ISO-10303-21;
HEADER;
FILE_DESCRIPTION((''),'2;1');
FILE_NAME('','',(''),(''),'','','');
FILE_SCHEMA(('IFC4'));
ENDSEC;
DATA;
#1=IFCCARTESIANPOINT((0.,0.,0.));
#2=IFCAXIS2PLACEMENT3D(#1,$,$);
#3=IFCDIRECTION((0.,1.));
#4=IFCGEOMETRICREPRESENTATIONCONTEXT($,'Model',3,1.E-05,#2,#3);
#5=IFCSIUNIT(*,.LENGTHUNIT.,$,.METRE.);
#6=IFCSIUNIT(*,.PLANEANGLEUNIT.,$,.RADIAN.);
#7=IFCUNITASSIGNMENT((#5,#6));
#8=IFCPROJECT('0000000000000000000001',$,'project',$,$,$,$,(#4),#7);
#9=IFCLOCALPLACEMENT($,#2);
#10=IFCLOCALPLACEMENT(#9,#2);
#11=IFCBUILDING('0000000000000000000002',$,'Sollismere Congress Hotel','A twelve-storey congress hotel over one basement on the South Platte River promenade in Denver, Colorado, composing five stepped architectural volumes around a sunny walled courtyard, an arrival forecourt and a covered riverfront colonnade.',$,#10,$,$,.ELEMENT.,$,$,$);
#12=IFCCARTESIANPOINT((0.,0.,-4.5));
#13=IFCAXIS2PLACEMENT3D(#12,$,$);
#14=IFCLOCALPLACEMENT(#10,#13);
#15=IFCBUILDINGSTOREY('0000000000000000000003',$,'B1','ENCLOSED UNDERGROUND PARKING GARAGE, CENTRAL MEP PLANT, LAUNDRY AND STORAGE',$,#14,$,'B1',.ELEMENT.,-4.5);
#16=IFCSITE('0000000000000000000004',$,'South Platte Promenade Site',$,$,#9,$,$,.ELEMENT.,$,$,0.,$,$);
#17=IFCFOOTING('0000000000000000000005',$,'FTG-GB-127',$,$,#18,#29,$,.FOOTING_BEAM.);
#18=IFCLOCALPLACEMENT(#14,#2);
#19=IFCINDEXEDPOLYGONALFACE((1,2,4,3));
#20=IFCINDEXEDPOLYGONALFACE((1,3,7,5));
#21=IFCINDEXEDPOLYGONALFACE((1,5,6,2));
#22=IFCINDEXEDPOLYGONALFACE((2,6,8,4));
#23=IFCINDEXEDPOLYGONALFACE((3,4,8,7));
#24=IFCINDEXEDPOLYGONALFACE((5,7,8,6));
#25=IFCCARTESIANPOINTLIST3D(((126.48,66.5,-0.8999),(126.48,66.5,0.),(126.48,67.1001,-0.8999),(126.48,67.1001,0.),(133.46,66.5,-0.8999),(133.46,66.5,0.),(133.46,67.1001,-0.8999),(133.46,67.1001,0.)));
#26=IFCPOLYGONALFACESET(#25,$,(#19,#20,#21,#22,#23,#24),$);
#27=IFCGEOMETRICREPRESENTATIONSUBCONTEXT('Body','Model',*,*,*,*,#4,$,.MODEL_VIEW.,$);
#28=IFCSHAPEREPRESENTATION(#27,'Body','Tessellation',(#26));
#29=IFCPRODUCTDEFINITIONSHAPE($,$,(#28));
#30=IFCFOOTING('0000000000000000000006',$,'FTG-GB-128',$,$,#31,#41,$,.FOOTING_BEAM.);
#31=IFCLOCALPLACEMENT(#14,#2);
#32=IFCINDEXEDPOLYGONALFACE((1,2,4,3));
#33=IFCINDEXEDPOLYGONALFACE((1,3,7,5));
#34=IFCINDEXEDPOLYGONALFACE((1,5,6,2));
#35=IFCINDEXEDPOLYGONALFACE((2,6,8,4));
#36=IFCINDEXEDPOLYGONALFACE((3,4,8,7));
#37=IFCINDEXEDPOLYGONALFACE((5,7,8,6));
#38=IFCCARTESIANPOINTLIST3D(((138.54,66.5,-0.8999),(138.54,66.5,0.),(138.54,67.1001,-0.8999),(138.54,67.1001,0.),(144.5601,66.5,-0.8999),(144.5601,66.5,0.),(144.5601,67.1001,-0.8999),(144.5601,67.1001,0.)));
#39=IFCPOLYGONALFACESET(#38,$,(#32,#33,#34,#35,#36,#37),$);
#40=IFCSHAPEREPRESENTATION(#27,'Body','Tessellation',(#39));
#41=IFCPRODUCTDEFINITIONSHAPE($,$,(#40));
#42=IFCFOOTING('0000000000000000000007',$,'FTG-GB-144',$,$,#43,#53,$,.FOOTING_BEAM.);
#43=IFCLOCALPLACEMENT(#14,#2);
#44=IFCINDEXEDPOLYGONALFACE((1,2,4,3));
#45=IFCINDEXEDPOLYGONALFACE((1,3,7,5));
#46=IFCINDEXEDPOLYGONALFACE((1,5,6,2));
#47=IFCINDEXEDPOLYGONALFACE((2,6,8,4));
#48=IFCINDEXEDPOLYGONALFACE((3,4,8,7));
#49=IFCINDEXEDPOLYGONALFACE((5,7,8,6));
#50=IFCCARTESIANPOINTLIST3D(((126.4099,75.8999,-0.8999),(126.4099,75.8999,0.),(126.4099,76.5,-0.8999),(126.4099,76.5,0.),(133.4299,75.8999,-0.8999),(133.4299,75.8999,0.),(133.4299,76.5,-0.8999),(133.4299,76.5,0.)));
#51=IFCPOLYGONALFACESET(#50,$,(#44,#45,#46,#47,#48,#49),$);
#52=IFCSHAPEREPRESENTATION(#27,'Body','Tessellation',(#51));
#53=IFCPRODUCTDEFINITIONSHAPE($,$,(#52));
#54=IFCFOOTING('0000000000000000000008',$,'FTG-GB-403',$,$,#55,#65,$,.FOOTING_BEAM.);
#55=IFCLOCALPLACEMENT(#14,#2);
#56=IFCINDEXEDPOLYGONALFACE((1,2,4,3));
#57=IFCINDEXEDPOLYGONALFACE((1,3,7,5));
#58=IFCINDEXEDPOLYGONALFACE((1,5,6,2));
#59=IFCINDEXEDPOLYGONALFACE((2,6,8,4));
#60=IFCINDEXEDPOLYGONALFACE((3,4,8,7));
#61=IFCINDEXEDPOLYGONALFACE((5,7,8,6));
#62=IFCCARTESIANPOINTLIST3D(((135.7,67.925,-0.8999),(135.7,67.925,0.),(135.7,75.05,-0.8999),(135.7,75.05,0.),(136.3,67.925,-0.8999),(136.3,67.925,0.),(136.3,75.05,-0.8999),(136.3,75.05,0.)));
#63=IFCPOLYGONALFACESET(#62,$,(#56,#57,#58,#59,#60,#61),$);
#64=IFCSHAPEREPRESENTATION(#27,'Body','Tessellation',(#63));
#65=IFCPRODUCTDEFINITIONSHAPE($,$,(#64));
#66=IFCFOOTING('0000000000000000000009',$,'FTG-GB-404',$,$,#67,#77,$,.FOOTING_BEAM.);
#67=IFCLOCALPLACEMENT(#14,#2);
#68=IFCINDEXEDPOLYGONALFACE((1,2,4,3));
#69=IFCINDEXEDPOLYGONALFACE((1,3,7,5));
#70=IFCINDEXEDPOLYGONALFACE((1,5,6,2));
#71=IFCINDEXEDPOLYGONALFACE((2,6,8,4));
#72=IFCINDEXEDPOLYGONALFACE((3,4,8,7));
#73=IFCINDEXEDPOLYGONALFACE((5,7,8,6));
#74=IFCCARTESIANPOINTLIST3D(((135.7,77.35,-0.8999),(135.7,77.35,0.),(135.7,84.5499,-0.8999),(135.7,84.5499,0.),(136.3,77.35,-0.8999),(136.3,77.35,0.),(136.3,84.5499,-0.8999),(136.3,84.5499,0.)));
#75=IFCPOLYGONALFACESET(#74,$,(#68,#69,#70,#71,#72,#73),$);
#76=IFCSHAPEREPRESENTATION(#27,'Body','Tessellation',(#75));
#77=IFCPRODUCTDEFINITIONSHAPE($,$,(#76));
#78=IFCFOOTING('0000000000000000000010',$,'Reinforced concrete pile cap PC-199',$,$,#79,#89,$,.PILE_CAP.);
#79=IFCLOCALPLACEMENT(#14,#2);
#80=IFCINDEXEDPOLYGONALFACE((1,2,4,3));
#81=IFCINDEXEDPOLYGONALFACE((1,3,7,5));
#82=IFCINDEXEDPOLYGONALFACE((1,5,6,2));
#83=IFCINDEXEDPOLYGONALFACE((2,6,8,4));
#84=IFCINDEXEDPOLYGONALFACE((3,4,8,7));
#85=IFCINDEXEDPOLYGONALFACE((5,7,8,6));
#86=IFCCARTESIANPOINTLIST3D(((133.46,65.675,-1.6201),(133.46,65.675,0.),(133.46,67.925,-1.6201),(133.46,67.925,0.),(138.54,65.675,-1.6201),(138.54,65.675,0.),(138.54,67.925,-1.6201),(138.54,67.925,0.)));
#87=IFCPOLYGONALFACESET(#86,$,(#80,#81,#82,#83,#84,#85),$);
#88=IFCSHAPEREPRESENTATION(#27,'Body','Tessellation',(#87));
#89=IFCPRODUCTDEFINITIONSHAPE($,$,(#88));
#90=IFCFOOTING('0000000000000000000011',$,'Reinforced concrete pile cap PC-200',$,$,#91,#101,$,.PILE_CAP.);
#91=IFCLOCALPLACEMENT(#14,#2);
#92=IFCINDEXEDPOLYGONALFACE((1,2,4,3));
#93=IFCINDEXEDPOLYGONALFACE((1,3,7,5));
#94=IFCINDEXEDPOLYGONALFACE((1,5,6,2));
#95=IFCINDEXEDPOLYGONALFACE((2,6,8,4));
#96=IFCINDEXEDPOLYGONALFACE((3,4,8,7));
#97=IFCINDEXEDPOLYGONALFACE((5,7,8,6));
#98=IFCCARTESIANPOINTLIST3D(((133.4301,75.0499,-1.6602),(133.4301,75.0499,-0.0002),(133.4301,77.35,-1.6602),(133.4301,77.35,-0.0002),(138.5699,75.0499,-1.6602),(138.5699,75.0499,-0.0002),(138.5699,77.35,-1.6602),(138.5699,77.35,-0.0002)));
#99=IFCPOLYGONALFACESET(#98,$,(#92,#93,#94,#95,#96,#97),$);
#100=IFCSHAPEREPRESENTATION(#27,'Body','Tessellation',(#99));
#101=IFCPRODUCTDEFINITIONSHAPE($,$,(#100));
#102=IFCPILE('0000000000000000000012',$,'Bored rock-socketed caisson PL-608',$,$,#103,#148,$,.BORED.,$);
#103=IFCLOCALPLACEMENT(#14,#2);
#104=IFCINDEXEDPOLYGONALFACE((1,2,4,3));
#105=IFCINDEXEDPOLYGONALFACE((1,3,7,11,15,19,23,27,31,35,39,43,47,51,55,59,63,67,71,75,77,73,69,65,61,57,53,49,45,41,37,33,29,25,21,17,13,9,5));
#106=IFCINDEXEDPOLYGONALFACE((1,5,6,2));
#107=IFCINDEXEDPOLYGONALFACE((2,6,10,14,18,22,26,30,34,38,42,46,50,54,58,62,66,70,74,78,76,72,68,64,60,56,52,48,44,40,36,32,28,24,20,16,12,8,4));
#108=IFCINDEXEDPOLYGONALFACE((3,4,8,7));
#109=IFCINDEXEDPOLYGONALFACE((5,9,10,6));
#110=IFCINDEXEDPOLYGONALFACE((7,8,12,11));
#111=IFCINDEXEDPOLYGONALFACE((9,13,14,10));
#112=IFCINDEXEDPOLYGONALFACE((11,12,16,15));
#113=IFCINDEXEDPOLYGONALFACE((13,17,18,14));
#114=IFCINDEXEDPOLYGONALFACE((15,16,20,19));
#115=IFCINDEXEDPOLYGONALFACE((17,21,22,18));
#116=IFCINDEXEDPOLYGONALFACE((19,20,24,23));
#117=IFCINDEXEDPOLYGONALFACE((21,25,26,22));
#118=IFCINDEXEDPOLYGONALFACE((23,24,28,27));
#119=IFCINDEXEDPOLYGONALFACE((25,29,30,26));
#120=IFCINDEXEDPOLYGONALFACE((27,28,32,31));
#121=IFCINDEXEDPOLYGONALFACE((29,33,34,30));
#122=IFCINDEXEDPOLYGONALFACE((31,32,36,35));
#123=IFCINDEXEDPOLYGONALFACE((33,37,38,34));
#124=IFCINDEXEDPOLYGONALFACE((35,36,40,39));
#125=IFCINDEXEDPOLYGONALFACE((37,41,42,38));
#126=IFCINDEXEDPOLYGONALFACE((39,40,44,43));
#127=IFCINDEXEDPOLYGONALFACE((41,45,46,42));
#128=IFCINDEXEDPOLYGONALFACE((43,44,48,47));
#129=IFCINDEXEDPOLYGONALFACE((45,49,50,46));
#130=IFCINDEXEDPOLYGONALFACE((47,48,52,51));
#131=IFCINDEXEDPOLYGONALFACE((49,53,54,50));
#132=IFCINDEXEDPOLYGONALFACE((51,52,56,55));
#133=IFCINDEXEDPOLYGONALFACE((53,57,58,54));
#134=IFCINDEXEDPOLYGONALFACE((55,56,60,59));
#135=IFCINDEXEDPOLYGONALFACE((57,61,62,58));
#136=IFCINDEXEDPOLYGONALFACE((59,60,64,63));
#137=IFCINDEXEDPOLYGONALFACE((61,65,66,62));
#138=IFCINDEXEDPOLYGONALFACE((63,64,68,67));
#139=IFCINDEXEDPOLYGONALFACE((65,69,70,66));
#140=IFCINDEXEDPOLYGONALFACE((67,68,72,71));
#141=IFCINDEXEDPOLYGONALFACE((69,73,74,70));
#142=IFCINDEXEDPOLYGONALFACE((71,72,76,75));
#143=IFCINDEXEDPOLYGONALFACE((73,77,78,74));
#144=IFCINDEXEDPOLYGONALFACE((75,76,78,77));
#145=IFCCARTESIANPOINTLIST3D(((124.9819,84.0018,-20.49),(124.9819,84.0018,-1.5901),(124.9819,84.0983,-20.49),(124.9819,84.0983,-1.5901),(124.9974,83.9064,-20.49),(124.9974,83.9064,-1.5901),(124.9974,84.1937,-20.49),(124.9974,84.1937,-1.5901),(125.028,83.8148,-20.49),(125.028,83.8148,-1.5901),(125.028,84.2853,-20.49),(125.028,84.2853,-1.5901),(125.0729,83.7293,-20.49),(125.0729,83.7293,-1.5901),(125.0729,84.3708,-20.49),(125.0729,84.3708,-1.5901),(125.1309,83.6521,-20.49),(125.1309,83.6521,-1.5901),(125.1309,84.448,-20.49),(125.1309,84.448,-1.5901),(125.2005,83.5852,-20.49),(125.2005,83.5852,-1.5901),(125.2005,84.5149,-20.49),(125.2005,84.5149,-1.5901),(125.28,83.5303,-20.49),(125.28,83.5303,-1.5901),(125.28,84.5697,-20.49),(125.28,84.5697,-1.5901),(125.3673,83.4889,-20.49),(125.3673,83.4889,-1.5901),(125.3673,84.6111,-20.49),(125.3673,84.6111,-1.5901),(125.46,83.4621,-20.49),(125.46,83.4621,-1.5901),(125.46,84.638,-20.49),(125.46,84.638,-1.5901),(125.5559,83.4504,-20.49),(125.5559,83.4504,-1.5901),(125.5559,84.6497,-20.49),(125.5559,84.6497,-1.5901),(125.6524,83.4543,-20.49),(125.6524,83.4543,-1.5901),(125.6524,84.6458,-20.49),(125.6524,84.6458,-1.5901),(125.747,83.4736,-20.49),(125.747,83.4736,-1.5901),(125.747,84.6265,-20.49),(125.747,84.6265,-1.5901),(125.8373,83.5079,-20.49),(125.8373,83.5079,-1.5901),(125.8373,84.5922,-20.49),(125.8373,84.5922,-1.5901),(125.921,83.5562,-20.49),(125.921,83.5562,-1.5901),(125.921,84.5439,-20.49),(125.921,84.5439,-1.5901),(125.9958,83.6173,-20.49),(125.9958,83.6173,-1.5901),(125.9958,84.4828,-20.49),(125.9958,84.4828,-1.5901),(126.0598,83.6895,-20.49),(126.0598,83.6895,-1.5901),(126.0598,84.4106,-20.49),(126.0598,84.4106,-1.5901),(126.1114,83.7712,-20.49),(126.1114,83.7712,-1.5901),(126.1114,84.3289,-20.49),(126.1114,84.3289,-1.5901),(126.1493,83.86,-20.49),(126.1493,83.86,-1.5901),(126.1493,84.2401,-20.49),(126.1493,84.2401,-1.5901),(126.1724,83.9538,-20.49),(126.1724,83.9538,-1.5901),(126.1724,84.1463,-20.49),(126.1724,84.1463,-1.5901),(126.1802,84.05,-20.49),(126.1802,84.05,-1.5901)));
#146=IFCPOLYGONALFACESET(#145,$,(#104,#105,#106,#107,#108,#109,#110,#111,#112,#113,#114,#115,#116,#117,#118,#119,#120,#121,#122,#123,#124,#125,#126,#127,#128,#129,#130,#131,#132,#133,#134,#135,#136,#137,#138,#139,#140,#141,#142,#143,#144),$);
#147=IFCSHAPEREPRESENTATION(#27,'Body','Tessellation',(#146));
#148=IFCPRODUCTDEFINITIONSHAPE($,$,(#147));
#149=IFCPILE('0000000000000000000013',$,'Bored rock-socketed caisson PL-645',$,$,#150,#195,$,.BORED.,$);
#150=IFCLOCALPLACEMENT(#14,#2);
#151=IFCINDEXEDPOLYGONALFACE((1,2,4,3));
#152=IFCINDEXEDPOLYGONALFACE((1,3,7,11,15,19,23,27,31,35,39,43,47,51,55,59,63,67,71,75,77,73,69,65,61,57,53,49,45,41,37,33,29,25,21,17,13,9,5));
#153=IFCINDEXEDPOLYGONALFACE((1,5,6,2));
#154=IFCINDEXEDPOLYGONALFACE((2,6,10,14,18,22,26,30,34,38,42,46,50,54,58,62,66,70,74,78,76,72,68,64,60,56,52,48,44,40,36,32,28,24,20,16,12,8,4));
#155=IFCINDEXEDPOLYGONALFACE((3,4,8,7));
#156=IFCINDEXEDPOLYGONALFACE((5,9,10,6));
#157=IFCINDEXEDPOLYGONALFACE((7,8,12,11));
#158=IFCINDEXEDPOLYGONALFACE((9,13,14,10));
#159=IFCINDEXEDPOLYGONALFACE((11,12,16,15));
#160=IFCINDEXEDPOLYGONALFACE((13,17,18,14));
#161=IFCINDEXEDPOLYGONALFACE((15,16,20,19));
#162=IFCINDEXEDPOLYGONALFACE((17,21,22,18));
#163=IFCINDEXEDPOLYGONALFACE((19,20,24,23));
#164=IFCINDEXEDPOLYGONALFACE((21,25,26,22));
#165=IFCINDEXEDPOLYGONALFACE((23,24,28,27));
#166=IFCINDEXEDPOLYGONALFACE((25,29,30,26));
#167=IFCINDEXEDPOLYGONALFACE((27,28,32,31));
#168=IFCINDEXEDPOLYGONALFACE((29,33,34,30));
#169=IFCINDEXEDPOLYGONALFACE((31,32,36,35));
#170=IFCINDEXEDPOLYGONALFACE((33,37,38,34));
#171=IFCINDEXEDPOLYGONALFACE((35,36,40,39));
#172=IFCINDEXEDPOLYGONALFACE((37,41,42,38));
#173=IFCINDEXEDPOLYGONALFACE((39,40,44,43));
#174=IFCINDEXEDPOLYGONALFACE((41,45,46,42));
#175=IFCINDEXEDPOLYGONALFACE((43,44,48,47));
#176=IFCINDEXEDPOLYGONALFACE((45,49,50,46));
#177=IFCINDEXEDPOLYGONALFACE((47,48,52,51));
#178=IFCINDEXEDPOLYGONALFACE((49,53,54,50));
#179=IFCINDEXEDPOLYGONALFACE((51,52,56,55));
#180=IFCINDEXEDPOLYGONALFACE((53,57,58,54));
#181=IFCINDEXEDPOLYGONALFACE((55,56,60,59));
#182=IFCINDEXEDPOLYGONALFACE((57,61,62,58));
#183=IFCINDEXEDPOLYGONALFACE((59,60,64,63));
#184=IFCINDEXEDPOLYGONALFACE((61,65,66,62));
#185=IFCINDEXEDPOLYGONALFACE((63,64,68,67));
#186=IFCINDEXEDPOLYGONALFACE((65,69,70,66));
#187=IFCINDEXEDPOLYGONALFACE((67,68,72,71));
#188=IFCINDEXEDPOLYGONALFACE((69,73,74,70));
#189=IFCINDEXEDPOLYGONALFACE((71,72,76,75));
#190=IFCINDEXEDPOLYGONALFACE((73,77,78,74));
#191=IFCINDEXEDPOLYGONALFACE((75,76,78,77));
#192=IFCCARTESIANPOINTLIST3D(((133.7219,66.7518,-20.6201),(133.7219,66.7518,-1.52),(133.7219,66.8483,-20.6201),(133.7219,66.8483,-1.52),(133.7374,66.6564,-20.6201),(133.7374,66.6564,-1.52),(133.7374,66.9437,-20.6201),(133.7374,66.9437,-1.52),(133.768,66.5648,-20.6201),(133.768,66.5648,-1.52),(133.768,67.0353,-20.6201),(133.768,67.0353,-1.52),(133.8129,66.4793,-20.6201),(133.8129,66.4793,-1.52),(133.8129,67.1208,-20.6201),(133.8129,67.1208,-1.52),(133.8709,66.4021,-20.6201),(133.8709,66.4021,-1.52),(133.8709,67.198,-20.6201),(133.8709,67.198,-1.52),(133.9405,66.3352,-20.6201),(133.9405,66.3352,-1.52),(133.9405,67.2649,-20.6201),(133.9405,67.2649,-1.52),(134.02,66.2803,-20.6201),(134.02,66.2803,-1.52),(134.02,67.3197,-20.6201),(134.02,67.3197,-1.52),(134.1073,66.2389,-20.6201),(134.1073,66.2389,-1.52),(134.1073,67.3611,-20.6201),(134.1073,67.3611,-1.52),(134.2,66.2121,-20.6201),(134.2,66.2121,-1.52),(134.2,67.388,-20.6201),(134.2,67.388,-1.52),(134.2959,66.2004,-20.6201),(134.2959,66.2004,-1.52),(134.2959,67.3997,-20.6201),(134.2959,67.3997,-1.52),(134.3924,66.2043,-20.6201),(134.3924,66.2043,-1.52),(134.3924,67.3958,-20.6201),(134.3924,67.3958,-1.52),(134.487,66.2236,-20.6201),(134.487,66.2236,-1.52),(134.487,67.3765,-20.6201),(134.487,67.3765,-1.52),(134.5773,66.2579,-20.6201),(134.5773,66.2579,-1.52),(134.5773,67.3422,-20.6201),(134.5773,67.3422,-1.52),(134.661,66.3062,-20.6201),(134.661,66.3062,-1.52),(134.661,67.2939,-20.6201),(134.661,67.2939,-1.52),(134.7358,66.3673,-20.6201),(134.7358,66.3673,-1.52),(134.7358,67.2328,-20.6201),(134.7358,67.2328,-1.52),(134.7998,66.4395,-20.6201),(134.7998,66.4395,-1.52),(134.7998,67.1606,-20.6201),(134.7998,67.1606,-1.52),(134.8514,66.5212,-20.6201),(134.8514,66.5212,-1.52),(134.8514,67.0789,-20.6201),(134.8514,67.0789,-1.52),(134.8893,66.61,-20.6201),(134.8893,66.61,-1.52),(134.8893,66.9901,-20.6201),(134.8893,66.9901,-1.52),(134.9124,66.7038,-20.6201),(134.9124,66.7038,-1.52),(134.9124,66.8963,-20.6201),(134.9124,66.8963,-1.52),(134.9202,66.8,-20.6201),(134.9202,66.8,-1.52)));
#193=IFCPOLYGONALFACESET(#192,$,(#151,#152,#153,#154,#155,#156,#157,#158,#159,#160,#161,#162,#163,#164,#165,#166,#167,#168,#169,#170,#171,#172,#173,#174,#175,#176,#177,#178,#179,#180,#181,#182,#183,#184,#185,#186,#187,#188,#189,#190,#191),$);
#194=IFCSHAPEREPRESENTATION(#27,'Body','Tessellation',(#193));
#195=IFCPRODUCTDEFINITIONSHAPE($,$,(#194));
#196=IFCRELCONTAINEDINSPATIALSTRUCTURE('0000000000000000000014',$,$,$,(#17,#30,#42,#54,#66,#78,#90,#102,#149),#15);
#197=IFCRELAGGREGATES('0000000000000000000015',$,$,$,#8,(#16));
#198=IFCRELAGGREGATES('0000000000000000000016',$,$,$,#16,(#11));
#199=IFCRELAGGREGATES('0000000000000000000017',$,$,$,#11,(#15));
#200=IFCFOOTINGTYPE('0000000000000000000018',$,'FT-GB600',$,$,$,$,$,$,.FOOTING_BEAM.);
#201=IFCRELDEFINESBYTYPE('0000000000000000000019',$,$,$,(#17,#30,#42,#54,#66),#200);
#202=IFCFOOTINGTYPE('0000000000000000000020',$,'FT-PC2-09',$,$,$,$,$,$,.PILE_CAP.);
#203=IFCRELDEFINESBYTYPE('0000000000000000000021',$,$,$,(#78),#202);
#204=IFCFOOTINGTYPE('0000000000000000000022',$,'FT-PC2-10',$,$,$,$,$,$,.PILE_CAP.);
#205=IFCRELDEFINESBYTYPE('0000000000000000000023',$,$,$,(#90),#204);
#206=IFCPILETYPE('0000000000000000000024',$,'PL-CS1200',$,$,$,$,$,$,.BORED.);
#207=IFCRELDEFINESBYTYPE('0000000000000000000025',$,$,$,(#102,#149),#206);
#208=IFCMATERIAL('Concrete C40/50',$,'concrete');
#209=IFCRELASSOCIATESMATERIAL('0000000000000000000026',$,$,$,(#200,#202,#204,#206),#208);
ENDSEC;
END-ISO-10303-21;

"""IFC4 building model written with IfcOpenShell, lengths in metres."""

from ifc_helpers import new_model, si_unit, direction, frame, origin, origin_2d, place, context, subcontext, project, spatial, rectangle, circle, extrude, material, material_profile, profile_set, type_object, element, save


model = new_model("IFC4")

# Units and contexts
model_context = context("Model", 3, precision=1e-05, world=origin(), true_north=direction((0.0, 1.0)))
body_context = subcontext(model_context, "Body", "Model", "MODEL_VIEW")
ifc_project = project(units=[si_unit("LENGTHUNIT", "METRE"), si_unit("PLANEANGLEUNIT", "RADIAN")], contexts=[model_context])

# Site, building, storey
site_placement = place(None, origin())
site = spatial("IfcSite", under=ifc_project, at=site_placement, Name="South Platte Promenade Site", CompositionType="ELEMENT", RefElevation=0.0)
building_placement = place(site_placement, origin())
building = spatial("IfcBuilding", under=site, at=building_placement, Name="Sollismere Congress Hotel", Description="A twelve-storey congress hotel over one basement on the South Platte River promenade in Denver, Colorado, composing five stepped architectural volumes around a sunny walled courtyard, an arrival forecourt and a covered riverfront colonnade.", CompositionType="ELEMENT")
storey_placement = place(building_placement, frame((0.0, 0.0, -4.5)))
storey = spatial("IfcBuildingStorey", under=building, at=storey_placement, Name="B1", Description="ENCLOSED UNDERGROUND PARKING GARAGE, CENTRAL MEP PLANT, LAUNDRY AND STORAGE", LongName="B1", CompositionType="ELEMENT", Elevation=-4.5)

# Footings
ifc_material_1 = material(Name="Concrete C40/50", Category="concrete")
footing_type_1 = type_object("IfcFootingType", Name="FT-GB600", PredefinedType="FOOTING_BEAM", material=ifc_material_1)
footing_1_placement = place(storey_placement, frame((129.97, 66.8, -0.8999), z_axis=(0.0, 0.0, 1.0), x_axis=(1.0, 0.0, 0.0)))
element("IfcFooting", 1, at=footing_1_placement, inside=storey, type_object=footing_type_1, Name="FTG-GB-127", PredefinedType="FOOTING_BEAM", context=body_context, shape_type="SweptSolid", body=[
    extrude(rectangle(XDim=6.98, YDim=0.6001, at=origin_2d()), origin(), (0.0, 0.0, 1.0), 0.8999),
])
footing_2_placement = place(storey_placement, frame((141.55, 66.8, -0.8999), z_axis=(0.0, 0.0, 1.0), x_axis=(1.0, 0.0, 0.0)))
element("IfcFooting", 2, at=footing_2_placement, inside=storey, type_object=footing_type_1, Name="FTG-GB-128", PredefinedType="FOOTING_BEAM", context=body_context, shape_type="SweptSolid", body=[
    extrude(rectangle(XDim=6.02, YDim=0.6001, at=origin_2d()), origin(), (0.0, 0.0, 1.0), 0.8999),
])
footing_3_placement = place(storey_placement, frame((129.9199, 76.2, -0.8999), z_axis=(0.0, 0.0, 1.0), x_axis=(1.0, 0.0, 0.0)))
element("IfcFooting", 3, at=footing_3_placement, inside=storey, type_object=footing_type_1, Name="FTG-GB-144", PredefinedType="FOOTING_BEAM", context=body_context, shape_type="SweptSolid", body=[
    extrude(rectangle(XDim=7.02, YDim=0.6001, at=origin_2d()), origin(), (0.0, 0.0, 1.0), 0.8999),
])
footing_4_placement = place(storey_placement, frame((136.0, 71.4875, -0.8999), z_axis=(0.0, 0.0, 1.0), x_axis=(0.0, 1.0, 0.0)))
element("IfcFooting", 4, at=footing_4_placement, inside=storey, type_object=footing_type_1, Name="FTG-GB-403", PredefinedType="FOOTING_BEAM", context=body_context, shape_type="SweptSolid", body=[
    extrude(rectangle(XDim=7.125, YDim=0.6001, at=origin_2d()), origin(), (0.0, 0.0, 1.0), 0.8999),
])
footing_5_placement = place(storey_placement, frame((136.0, 80.95, -0.8999), z_axis=(0.0, 0.0, 1.0), x_axis=(0.0, 1.0, 0.0)))
element("IfcFooting", 5, at=footing_5_placement, inside=storey, type_object=footing_type_1, Name="FTG-GB-404", PredefinedType="FOOTING_BEAM", context=body_context, shape_type="SweptSolid", body=[
    extrude(rectangle(XDim=7.2, YDim=0.6001, at=origin_2d()), origin(), (0.0, 0.0, 1.0), 0.8999),
])
footing_type_2 = type_object("IfcFootingType", Name="FT-PC2-09", PredefinedType="PILE_CAP", material=ifc_material_1)
footing_6_placement = place(storey_placement, frame((136.0, 66.8, -1.6201), z_axis=(0.0, 0.0, 1.0), x_axis=(1.0, 0.0, 0.0)))
element("IfcFooting", 6, at=footing_6_placement, inside=storey, type_object=footing_type_2, Name="Reinforced concrete pile cap PC-199", PredefinedType="PILE_CAP", context=body_context, shape_type="SweptSolid", body=[
    extrude(rectangle(XDim=5.0801, YDim=2.25, at=origin_2d()), origin(), (0.0, 0.0, 1.0), 1.6201),
])
footing_type_3 = type_object("IfcFootingType", Name="FT-PC2-10", PredefinedType="PILE_CAP", material=ifc_material_1)
footing_7_placement = place(storey_placement, frame((136.0, 76.2, -1.6602), z_axis=(0.0, 0.0, 1.0), x_axis=(1.0, 0.0, 0.0)))
element("IfcFooting", 7, at=footing_7_placement, inside=storey, type_object=footing_type_3, Name="Reinforced concrete pile cap PC-200", PredefinedType="PILE_CAP", context=body_context, shape_type="SweptSolid", body=[
    extrude(rectangle(XDim=5.1399, YDim=2.3, at=origin_2d()), origin(), (0.0, 0.0, 1.0), 1.6599),
])

# Piles
ifc_material_profile_1 = material_profile(ifc_material_1, circle(Radius=0.6001, at=origin_2d()), Name="CAISSON1200")
ifc_profile_set_1 = profile_set([ifc_material_profile_1], Name="Concrete C40/50")
pile_type = type_object("IfcPileType", Name="PL-CS1200", PredefinedType="BORED", material=ifc_profile_set_1)
pile_placement = place(storey_placement, frame((125.5801, 84.05, -1.5901), z_axis=(0.0, 0.0, -1.0), x_axis=(1.0, 0.0, 0.0)))
element("IfcPile", 8, at=pile_placement, inside=storey, type_object=pile_type, Name="Bored rock-socketed caisson PL-608", PredefinedType="BORED", context=body_context, shape_type="SweptSolid", body=[
    extrude(circle(Radius=0.6001, at=origin_2d()), origin(), (0.0, 0.0, 1.0), 18.8999),
])
for number, where, z_axis, x_axis, name in (
    (9, (134.3201, 66.8, -1.52), (0.0, 0.0, -1.0), (1.0, 0.0, 0.0), "Bored rock-socketed caisson PL-645"),
):
    element("IfcPile", number, at=place(storey_placement, frame(where, z_axis=z_axis, x_axis=x_axis)), inside=storey, type_object=pile_type, Name=name, PredefinedType="BORED", context=body_context, shape_type="SweptSolid", body=[
        extrude(circle(Radius=0.6001, at=origin_2d()), origin(), (0.0, 0.0, 1.0), 19.1001),
    ])

save(model, "model.ifc")
